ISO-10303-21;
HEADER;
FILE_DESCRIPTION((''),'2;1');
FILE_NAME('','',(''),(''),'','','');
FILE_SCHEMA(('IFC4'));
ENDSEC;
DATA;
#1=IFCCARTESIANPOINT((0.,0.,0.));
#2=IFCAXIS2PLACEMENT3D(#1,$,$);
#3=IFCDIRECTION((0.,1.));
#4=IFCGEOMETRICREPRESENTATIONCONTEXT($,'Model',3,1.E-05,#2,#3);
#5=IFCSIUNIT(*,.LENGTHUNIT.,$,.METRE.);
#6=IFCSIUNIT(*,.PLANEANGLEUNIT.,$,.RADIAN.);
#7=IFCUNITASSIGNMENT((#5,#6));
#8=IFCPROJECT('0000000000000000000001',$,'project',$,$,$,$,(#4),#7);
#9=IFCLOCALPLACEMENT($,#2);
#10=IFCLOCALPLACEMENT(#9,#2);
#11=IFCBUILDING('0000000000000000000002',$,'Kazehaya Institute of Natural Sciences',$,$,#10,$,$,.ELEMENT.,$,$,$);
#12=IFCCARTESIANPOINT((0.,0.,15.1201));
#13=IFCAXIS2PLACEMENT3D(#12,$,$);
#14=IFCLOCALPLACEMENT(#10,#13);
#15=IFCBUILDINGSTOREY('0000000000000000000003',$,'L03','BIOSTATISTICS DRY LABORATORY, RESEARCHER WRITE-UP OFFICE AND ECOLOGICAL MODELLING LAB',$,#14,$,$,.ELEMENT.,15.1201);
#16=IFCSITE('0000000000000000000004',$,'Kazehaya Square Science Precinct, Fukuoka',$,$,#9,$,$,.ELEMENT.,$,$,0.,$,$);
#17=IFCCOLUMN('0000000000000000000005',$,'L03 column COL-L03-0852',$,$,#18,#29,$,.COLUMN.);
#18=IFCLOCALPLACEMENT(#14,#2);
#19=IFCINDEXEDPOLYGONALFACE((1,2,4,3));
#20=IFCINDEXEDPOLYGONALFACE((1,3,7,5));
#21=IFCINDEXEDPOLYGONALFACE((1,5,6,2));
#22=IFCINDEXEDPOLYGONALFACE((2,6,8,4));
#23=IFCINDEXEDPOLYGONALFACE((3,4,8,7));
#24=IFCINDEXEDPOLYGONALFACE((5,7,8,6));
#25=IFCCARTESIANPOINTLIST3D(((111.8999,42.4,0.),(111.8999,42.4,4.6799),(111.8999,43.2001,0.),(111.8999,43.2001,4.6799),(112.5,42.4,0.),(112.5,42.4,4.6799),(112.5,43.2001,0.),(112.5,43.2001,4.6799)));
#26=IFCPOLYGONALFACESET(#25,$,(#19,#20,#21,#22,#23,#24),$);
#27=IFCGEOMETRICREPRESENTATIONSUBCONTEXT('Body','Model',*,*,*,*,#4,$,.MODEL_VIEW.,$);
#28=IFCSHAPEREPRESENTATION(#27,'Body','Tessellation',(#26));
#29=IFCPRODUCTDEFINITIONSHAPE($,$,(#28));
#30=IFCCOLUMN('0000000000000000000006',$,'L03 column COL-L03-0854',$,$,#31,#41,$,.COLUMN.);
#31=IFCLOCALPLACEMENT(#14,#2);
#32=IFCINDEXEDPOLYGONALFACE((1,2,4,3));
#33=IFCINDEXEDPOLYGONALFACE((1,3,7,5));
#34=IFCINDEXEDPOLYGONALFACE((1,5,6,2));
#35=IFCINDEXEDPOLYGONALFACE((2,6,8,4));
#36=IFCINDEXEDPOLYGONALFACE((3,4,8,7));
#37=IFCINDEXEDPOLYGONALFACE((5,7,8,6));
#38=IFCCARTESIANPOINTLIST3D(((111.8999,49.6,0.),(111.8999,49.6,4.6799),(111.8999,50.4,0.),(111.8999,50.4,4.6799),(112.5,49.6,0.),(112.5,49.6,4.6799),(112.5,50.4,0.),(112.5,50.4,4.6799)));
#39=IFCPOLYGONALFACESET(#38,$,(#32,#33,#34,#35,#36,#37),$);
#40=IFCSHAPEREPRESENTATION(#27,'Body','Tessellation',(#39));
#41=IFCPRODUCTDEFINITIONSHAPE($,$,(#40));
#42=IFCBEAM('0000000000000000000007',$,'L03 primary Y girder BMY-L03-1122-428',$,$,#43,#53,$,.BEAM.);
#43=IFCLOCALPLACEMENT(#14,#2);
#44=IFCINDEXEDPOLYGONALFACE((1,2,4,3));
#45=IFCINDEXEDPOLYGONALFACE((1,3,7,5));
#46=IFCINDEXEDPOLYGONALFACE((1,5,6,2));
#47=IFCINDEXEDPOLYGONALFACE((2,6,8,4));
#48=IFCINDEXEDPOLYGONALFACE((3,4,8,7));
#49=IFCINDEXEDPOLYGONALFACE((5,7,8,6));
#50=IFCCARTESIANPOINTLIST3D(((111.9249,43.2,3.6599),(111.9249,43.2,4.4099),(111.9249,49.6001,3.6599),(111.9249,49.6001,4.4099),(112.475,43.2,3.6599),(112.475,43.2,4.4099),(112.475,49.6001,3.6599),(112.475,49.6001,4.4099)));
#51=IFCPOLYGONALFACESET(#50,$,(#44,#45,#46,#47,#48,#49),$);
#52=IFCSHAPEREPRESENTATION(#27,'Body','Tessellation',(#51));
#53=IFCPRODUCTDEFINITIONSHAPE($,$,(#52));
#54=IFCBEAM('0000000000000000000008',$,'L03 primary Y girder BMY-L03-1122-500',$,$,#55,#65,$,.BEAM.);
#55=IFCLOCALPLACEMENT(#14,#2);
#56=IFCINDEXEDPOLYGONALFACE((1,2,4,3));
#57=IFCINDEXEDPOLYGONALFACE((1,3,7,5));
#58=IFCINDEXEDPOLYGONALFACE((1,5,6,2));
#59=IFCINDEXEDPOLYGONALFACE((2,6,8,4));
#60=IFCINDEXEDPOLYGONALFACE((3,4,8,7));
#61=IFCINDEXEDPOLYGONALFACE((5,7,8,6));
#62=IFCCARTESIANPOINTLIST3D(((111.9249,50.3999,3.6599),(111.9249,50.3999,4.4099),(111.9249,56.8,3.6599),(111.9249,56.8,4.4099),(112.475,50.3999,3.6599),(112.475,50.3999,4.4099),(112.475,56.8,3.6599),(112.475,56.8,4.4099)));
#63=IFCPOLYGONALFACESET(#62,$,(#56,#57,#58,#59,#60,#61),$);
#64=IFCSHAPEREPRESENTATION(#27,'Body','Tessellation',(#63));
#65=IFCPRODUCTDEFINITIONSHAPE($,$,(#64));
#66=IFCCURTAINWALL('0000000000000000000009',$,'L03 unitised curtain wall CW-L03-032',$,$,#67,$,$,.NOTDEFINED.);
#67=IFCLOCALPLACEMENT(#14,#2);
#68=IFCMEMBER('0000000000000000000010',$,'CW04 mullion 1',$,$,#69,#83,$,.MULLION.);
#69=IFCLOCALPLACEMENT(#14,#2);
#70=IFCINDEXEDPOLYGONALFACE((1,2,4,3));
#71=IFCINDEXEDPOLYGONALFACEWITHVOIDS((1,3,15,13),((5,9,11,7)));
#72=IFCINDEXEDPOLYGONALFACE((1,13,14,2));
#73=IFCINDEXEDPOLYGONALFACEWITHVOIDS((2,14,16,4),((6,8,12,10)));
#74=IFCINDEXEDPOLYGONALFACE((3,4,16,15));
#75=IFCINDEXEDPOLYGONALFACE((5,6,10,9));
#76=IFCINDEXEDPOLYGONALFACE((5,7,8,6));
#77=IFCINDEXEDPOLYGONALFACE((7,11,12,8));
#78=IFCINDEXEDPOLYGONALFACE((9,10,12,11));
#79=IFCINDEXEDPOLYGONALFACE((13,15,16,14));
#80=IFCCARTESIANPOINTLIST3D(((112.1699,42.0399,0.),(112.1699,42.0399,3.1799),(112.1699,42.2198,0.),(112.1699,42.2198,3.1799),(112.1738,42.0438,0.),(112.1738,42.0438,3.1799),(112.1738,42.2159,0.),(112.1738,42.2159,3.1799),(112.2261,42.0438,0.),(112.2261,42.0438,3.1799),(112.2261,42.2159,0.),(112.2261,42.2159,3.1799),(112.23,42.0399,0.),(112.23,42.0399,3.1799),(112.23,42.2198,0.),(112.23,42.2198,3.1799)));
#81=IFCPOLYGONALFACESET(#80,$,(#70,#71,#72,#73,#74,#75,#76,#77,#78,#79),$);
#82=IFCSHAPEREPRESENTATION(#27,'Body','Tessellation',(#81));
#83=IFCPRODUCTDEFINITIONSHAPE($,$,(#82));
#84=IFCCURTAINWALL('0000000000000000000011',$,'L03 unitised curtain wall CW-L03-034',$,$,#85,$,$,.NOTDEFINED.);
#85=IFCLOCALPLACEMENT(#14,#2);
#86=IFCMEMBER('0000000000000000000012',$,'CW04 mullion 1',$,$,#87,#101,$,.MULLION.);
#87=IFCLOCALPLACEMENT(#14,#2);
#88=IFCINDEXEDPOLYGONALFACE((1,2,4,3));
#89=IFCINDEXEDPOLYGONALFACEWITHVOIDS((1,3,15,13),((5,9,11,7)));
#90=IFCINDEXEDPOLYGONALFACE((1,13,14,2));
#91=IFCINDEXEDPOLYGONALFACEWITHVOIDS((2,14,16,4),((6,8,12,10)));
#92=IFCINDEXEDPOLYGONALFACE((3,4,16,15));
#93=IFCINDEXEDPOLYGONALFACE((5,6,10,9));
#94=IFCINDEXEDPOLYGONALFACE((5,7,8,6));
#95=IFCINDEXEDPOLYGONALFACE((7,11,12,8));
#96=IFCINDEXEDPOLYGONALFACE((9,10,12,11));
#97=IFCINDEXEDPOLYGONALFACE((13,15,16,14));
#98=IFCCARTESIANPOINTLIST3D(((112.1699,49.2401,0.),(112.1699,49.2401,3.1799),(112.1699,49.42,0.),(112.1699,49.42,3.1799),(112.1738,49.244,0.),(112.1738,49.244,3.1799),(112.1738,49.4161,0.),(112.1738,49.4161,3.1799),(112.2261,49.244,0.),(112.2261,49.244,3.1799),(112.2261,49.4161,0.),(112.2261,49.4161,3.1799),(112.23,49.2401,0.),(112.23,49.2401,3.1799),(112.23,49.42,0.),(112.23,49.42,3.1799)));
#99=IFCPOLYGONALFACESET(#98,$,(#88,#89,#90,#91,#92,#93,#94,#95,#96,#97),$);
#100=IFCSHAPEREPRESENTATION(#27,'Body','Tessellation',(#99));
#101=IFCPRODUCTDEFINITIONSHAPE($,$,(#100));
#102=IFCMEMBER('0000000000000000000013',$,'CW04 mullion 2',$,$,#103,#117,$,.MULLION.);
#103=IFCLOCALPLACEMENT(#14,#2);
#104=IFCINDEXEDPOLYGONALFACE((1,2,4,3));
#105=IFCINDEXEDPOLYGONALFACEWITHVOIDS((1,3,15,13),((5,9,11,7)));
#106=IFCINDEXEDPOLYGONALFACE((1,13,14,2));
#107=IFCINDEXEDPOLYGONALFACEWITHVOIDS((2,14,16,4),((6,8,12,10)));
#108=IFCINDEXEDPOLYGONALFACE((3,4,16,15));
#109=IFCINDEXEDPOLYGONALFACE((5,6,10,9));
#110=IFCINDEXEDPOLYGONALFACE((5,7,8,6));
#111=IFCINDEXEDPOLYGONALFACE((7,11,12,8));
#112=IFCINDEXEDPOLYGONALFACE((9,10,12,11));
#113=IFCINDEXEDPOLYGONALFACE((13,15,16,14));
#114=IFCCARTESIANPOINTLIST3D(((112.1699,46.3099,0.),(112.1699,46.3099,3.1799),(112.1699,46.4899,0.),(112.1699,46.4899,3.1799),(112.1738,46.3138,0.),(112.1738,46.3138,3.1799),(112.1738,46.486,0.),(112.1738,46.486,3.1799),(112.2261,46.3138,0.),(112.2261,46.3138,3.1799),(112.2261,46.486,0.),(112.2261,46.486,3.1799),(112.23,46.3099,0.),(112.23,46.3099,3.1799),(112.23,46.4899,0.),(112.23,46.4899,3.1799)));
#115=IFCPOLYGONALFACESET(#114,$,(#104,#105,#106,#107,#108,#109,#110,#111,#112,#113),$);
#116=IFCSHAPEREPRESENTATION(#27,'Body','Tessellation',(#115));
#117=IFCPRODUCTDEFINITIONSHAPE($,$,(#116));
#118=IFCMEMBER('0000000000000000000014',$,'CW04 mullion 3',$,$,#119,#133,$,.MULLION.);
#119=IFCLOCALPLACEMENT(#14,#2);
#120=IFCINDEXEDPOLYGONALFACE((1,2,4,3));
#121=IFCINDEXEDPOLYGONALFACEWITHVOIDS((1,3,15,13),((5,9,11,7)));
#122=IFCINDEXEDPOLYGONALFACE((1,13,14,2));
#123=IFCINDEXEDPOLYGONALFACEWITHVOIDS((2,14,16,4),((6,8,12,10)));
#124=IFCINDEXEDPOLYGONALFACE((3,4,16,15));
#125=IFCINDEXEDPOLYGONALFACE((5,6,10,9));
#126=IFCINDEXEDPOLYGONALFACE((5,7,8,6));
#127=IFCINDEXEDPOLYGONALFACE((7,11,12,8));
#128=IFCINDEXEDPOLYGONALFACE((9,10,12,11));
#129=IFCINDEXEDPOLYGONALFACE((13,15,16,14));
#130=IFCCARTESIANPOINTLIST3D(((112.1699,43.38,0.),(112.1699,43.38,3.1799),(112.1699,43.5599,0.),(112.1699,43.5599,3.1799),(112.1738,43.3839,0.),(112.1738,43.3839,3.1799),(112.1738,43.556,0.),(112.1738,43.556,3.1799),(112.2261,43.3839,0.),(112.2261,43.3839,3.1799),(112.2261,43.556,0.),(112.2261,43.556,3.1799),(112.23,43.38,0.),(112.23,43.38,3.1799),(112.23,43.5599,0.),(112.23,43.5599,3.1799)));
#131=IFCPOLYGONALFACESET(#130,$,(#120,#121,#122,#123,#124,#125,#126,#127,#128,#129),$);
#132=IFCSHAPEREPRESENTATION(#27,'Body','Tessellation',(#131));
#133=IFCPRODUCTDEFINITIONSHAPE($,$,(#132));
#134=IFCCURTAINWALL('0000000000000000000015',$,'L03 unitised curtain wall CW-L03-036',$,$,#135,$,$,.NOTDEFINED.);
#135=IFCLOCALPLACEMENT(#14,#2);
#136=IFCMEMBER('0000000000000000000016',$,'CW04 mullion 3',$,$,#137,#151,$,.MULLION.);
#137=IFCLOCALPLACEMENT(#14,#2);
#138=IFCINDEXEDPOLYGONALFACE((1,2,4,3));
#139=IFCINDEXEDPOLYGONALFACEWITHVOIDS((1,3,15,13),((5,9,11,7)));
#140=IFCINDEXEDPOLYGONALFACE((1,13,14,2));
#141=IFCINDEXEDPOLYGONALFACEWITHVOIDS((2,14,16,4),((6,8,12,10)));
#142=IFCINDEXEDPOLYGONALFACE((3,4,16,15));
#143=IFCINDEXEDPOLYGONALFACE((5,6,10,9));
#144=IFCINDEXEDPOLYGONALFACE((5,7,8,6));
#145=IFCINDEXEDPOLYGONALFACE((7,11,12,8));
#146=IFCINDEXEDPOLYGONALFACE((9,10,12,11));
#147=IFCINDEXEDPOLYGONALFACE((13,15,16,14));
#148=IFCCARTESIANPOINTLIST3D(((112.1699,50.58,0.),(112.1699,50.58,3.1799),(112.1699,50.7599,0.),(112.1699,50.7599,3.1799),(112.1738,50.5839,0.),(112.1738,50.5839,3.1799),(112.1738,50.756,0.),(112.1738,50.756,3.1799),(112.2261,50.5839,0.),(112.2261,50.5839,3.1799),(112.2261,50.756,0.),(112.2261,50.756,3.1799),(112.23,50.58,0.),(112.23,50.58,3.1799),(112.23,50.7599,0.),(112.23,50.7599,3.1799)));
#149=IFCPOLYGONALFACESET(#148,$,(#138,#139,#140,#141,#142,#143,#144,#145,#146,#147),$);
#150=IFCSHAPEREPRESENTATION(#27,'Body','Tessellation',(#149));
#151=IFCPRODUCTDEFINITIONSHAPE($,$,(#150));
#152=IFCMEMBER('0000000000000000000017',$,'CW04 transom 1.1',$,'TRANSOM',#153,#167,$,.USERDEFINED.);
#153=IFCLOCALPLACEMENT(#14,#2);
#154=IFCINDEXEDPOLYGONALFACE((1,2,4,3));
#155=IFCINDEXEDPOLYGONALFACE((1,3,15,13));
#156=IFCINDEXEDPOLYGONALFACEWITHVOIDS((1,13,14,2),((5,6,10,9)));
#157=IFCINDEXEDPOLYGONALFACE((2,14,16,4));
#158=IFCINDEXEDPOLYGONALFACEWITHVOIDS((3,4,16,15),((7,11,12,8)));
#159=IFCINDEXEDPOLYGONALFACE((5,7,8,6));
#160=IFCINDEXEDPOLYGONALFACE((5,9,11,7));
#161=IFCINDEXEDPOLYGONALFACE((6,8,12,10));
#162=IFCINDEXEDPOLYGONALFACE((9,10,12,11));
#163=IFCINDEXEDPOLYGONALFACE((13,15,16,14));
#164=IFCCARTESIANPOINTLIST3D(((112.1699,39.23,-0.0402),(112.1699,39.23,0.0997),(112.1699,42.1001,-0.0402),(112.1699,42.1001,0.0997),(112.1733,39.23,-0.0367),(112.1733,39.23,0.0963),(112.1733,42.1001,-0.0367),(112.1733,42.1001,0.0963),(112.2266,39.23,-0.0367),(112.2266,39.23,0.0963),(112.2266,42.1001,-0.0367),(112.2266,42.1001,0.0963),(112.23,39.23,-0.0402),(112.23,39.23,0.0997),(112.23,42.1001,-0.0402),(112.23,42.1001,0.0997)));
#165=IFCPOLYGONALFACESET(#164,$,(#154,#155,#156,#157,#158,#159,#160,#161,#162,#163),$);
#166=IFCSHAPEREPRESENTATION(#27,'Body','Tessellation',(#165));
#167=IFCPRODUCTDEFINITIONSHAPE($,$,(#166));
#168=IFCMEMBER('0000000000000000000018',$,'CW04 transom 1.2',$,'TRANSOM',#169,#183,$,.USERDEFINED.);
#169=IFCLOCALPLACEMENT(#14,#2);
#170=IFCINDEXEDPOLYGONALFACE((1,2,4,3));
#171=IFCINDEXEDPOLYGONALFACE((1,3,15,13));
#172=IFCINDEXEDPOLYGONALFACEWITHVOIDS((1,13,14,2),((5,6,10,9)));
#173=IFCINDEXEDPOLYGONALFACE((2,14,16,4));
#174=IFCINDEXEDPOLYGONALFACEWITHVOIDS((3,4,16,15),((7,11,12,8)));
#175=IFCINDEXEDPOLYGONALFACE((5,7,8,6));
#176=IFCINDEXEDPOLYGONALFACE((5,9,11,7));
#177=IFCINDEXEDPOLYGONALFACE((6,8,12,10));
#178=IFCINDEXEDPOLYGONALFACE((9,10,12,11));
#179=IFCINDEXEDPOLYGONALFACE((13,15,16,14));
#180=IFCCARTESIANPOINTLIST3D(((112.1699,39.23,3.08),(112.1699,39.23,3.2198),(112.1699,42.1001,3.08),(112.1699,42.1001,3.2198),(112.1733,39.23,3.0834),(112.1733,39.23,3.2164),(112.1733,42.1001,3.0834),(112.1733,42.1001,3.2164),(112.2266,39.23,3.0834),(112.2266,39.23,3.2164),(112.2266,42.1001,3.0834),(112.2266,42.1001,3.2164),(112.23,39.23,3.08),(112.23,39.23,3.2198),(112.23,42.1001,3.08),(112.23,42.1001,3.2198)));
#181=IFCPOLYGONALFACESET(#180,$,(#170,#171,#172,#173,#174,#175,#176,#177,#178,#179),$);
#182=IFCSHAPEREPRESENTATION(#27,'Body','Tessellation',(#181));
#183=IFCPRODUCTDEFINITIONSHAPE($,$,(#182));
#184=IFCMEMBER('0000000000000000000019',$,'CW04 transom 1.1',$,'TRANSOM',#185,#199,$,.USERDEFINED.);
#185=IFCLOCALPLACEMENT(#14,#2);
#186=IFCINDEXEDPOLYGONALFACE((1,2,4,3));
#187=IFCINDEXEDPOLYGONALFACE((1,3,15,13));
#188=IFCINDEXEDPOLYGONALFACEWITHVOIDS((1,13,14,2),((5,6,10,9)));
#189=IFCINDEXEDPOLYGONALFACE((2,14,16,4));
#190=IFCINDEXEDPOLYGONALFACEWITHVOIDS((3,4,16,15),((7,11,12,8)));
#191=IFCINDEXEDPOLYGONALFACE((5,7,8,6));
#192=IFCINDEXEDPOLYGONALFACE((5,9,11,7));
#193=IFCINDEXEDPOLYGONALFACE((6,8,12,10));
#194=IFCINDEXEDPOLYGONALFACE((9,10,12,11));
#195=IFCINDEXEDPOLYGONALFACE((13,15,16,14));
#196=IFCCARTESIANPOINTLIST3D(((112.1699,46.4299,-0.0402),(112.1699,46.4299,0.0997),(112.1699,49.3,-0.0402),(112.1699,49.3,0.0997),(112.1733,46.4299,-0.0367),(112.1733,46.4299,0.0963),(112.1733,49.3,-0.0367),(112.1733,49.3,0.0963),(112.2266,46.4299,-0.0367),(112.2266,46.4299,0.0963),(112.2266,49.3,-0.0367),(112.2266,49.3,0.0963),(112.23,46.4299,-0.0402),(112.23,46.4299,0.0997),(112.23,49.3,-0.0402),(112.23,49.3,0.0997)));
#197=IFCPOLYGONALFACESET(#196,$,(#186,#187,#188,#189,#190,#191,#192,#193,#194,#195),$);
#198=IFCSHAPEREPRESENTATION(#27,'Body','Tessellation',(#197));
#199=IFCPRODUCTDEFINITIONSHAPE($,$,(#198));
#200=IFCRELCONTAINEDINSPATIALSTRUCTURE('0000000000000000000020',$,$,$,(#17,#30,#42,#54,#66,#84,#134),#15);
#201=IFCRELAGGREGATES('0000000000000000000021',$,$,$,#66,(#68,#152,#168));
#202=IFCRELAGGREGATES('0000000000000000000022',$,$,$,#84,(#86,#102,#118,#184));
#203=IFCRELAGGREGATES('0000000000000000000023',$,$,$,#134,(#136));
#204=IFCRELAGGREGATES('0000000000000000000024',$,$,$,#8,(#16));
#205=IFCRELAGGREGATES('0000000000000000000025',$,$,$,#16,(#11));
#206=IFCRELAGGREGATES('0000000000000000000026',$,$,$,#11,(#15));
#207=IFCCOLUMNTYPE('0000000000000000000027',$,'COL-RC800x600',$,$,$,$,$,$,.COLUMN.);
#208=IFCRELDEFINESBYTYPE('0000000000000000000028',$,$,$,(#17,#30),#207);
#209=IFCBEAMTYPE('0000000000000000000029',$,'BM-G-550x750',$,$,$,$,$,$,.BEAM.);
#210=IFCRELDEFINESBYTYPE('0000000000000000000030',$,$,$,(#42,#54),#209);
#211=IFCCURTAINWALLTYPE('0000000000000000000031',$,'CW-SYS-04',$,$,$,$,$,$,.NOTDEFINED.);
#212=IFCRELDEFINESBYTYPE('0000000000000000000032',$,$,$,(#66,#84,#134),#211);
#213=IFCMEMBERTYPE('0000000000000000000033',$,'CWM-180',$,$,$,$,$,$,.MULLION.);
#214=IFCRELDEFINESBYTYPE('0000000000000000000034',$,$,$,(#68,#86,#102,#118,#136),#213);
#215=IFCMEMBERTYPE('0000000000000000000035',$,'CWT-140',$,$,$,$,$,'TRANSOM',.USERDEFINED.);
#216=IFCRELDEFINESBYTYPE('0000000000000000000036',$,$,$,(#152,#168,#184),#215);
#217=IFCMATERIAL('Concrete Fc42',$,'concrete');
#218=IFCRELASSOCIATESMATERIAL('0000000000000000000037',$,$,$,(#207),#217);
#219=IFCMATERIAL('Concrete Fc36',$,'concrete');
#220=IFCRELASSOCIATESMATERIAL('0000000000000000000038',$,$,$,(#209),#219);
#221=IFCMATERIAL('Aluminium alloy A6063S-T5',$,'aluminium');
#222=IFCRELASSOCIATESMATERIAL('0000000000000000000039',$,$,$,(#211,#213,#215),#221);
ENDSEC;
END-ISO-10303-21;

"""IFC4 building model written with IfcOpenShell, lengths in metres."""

from ifc_helpers import new_model, si_unit, direction, frame, origin, origin_2d, place, context, subcontext, project, spatial, rectangle, hollow_rectangle, extrude, material, material_profile, profile_set, type_object, element, aggregate, save


model = new_model("IFC4")

# Units and contexts
model_context = context("Model", 3, precision=1e-05, world=origin(), true_north=direction((0.0, 1.0)))
body_context = subcontext(model_context, "Body", "Model", "MODEL_VIEW")
ifc_project = project(units=[si_unit("LENGTHUNIT", "METRE"), si_unit("PLANEANGLEUNIT", "RADIAN")], contexts=[model_context])

# Site, building, storey
site_placement = place(None, origin())
site = spatial("IfcSite", under=ifc_project, at=site_placement, Name="Kazehaya Square Science Precinct, Fukuoka", CompositionType="ELEMENT", RefElevation=0.0)
building_placement = place(site_placement, origin())
building = spatial("IfcBuilding", under=site, at=building_placement, Name="Kazehaya Institute of Natural Sciences", CompositionType="ELEMENT")
storey_placement = place(building_placement, frame((0.0, 0.0, 15.1201)))
storey = spatial("IfcBuildingStorey", under=building, at=storey_placement, Name="L03", Description="BIOSTATISTICS DRY LABORATORY, RESEARCHER WRITE-UP OFFICE AND ECOLOGICAL MODELLING LAB", CompositionType="ELEMENT", Elevation=15.1201)

# Columns
ifc_material_1 = material(Name="Concrete Fc42", Category="concrete")
ifc_material_profile_1 = material_profile(ifc_material_1, rectangle(XDim=0.6001, YDim=0.8, at=origin_2d()), Name="RC-800x600")
ifc_profile_set_1 = profile_set([ifc_material_profile_1], Name="Concrete Fc42")
column_type = type_object("IfcColumnType", Name="COL-RC800x600", PredefinedType="COLUMN", material=ifc_profile_set_1)
for number, where, z_axis, x_axis, name in (
    (1, (112.2, 42.8, 0.0), (0.0, 0.0, 1.0), (1.0, 0.0, 0.0), "L03 column COL-L03-0852"),
    (2, (112.2, 50.0, 0.0), (0.0, 0.0, 1.0), (1.0, 0.0, 0.0), "L03 column COL-L03-0854"),
):
    element("IfcColumn", number, at=place(storey_placement, frame(where, z_axis=z_axis, x_axis=x_axis)), inside=storey, type_object=column_type, Name=name, PredefinedType="COLUMN", context=body_context, shape_type="SweptSolid", body=[
        extrude(rectangle(XDim=0.6001, YDim=0.8, at=origin_2d()), origin(), (0.0, 0.0, 1.0), 4.6799),
    ])

# Beams
ifc_material_2 = material(Name="Concrete Fc36", Category="concrete")
ifc_material_profile_2 = material_profile(ifc_material_2, rectangle(XDim=0.55, YDim=0.75, at=origin_2d()), Name="RC-550x750")
ifc_profile_set_2 = profile_set([ifc_material_profile_2], Name="Concrete Fc36")
beam_type = type_object("IfcBeamType", Name="BM-G-550x750", PredefinedType="BEAM", material=ifc_profile_set_2)
for number, where, z_axis, x_axis, name in (
    (3, (112.2, 43.2, 4.0349), (0.0, 1.0, 0.0), (-1.0, 0.0, 0.0), "L03 primary Y girder BMY-L03-1122-428"),
    (4, (112.2, 50.3999, 4.0349), (0.0, 1.0, 0.0), (-1.0, 0.0, 0.0), "L03 primary Y girder BMY-L03-1122-500"),
):
    element("IfcBeam", number, at=place(storey_placement, frame(where, z_axis=z_axis, x_axis=x_axis)), inside=storey, type_object=beam_type, Name=name, PredefinedType="BEAM", context=body_context, shape_type="SweptSolid", body=[
        extrude(rectangle(XDim=0.55, YDim=0.75, at=origin_2d()), origin(), (0.0, 0.0, 1.0), 6.4001),
    ])

# Curtain wall, member
ifc_material_3 = material(Name="Aluminium alloy A6063S-T5", Category="aluminium")
curtain_wall_type = type_object("IfcCurtainWallType", Name="CW-SYS-04", PredefinedType="NOTDEFINED", material=ifc_material_3)
curtain_wall_1_placement = place(storey_placement, origin())
curtain_wall_1 = element("IfcCurtainWall", 5, at=curtain_wall_1_placement, inside=storey, type_object=curtain_wall_type, Name="L03 unitised curtain wall CW-L03-032", PredefinedType="NOTDEFINED")
ifc_material_profile_3 = material_profile(ifc_material_3, hollow_rectangle(XDim=0.0601, YDim=0.1799, WallThickness=0.0039, at=origin_2d()), Name="ALU-60x180x4")
ifc_profile_set_3 = profile_set([ifc_material_profile_3], Name="Aluminium alloy A6063S-T5")
member_type_1 = type_object("IfcMemberType", Name="CWM-180", PredefinedType="MULLION", material=ifc_profile_set_3)
member_1_placement = place(storey_placement, frame((112.2, 42.1299, 0.0), z_axis=(0.0, 0.0, 1.0), x_axis=(1.0, 0.0, 0.0)))
member_1 = element("IfcMember", 6, at=member_1_placement, type_object=member_type_1, Name="CW04 mullion 1", PredefinedType="MULLION", context=body_context, shape_type="SweptSolid", body=[
    extrude(hollow_rectangle(XDim=0.0601, YDim=0.1799, WallThickness=0.0039, at=origin_2d()), origin(), (0.0, 0.0, 1.0), 3.1799),
])

# Curtain wall, members
curtain_wall_2_placement = place(storey_placement, origin())
curtain_wall_2 = element("IfcCurtainWall", 7, at=curtain_wall_2_placement, inside=storey, type_object=curtain_wall_type, Name="L03 unitised curtain wall CW-L03-034", PredefinedType="NOTDEFINED")
member_2_placement = place(storey_placement, frame((112.2, 49.3301, 0.0), z_axis=(0.0, 0.0, 1.0), x_axis=(1.0, 0.0, 0.0)))
member_2 = element("IfcMember", 8, at=member_2_placement, type_object=member_type_1, Name="CW04 mullion 1", PredefinedType="MULLION", context=body_context, shape_type="SweptSolid", body=[
    extrude(hollow_rectangle(XDim=0.0601, YDim=0.1799, WallThickness=0.0039, at=origin_2d()), origin(), (0.0, 0.0, 1.0), 3.1799),
])
member_3_placement = place(storey_placement, frame((112.2, 46.3999, 0.0), z_axis=(0.0, 0.0, 1.0), x_axis=(1.0, 0.0, 0.0)))
member_3 = element("IfcMember", 9, at=member_3_placement, type_object=member_type_1, Name="CW04 mullion 2", PredefinedType="MULLION", context=body_context, shape_type="SweptSolid", body=[
    extrude(hollow_rectangle(XDim=0.0601, YDim=0.1799, WallThickness=0.0039, at=origin_2d()), origin(), (0.0, 0.0, 1.0), 3.1799),
])
member_4_placement = place(storey_placement, frame((112.2, 43.47, 0.0), z_axis=(0.0, 0.0, 1.0), x_axis=(1.0, 0.0, 0.0)))
member_4 = element("IfcMember", 10, at=member_4_placement, type_object=member_type_1, Name="CW04 mullion 3", PredefinedType="MULLION", context=body_context, shape_type="SweptSolid", body=[
    extrude(hollow_rectangle(XDim=0.0601, YDim=0.1799, WallThickness=0.0039, at=origin_2d()), origin(), (0.0, 0.0, 1.0), 3.1799),
])

# Curtain wall, member
curtain_wall_3_placement = place(storey_placement, origin())
curtain_wall_3 = element("IfcCurtainWall", 11, at=curtain_wall_3_placement, inside=storey, type_object=curtain_wall_type, Name="L03 unitised curtain wall CW-L03-036", PredefinedType="NOTDEFINED")
member_5_placement = place(storey_placement, frame((112.2, 50.6699, 0.0), z_axis=(0.0, 0.0, 1.0), x_axis=(1.0, 0.0, 0.0)))
member_5 = element("IfcMember", 12, at=member_5_placement, type_object=member_type_1, Name="CW04 mullion 3", PredefinedType="MULLION", context=body_context, shape_type="SweptSolid", body=[
    extrude(hollow_rectangle(XDim=0.0601, YDim=0.1799, WallThickness=0.0039, at=origin_2d()), origin(), (0.0, 0.0, 1.0), 3.1799),
])

# Members
ifc_material_profile_4 = material_profile(ifc_material_3, hollow_rectangle(XDim=0.0601, YDim=0.1399, WallThickness=0.0034, at=origin_2d()), Name="ALU-60x140x3.5")
ifc_profile_set_4 = profile_set([ifc_material_profile_4], Name="Aluminium alloy A6063S-T5")
member_type_2 = type_object("IfcMemberType", Name="CWT-140", ElementType="TRANSOM", PredefinedType="USERDEFINED", material=ifc_profile_set_4)
member_6_placement = place(storey_placement, frame((112.2, 42.1001, 0.0298), z_axis=(0.0, -1.0, 0.0), x_axis=(1.0, 0.0, 0.0)))
member_6 = element("IfcMember", 13, at=member_6_placement, type_object=member_type_2, Name="CW04 transom 1.1", ObjectType="TRANSOM", PredefinedType="USERDEFINED", context=body_context, shape_type="SweptSolid", body=[
    extrude(hollow_rectangle(XDim=0.0601, YDim=0.1399, WallThickness=0.0034, at=origin_2d()), origin(), (0.0, 0.0, 1.0), 2.8701),
])
member_7_placement = place(storey_placement, frame((112.2, 42.1001, 3.1499), z_axis=(0.0, -1.0, 0.0), x_axis=(1.0, 0.0, 0.0)))
member_7 = element("IfcMember", 14, at=member_7_placement, type_object=member_type_2, Name="CW04 transom 1.2", ObjectType="TRANSOM", PredefinedType="USERDEFINED", context=body_context, shape_type="SweptSolid", body=[
    extrude(hollow_rectangle(XDim=0.0601, YDim=0.1399, WallThickness=0.0034, at=origin_2d()), origin(), (0.0, 0.0, 1.0), 2.8701),
])
member_8_placement = place(storey_placement, frame((112.2, 49.3, 0.0298), z_axis=(0.0, -1.0, 0.0), x_axis=(1.0, 0.0, 0.0)))
member_8 = element("IfcMember", 15, at=member_8_placement, type_object=member_type_2, Name="CW04 transom 1.1", ObjectType="TRANSOM", PredefinedType="USERDEFINED", context=body_context, shape_type="SweptSolid", body=[
    extrude(hollow_rectangle(XDim=0.0601, YDim=0.1399, WallThickness=0.0034, at=origin_2d()), origin(), (0.0, 0.0, 1.0), 2.8701),
])

aggregate(curtain_wall_1, [member_1, member_6, member_7])
aggregate(curtain_wall_2, [member_2, member_3, member_4, member_8])
aggregate(curtain_wall_3, [member_5])

save(model, "model.ifc")
